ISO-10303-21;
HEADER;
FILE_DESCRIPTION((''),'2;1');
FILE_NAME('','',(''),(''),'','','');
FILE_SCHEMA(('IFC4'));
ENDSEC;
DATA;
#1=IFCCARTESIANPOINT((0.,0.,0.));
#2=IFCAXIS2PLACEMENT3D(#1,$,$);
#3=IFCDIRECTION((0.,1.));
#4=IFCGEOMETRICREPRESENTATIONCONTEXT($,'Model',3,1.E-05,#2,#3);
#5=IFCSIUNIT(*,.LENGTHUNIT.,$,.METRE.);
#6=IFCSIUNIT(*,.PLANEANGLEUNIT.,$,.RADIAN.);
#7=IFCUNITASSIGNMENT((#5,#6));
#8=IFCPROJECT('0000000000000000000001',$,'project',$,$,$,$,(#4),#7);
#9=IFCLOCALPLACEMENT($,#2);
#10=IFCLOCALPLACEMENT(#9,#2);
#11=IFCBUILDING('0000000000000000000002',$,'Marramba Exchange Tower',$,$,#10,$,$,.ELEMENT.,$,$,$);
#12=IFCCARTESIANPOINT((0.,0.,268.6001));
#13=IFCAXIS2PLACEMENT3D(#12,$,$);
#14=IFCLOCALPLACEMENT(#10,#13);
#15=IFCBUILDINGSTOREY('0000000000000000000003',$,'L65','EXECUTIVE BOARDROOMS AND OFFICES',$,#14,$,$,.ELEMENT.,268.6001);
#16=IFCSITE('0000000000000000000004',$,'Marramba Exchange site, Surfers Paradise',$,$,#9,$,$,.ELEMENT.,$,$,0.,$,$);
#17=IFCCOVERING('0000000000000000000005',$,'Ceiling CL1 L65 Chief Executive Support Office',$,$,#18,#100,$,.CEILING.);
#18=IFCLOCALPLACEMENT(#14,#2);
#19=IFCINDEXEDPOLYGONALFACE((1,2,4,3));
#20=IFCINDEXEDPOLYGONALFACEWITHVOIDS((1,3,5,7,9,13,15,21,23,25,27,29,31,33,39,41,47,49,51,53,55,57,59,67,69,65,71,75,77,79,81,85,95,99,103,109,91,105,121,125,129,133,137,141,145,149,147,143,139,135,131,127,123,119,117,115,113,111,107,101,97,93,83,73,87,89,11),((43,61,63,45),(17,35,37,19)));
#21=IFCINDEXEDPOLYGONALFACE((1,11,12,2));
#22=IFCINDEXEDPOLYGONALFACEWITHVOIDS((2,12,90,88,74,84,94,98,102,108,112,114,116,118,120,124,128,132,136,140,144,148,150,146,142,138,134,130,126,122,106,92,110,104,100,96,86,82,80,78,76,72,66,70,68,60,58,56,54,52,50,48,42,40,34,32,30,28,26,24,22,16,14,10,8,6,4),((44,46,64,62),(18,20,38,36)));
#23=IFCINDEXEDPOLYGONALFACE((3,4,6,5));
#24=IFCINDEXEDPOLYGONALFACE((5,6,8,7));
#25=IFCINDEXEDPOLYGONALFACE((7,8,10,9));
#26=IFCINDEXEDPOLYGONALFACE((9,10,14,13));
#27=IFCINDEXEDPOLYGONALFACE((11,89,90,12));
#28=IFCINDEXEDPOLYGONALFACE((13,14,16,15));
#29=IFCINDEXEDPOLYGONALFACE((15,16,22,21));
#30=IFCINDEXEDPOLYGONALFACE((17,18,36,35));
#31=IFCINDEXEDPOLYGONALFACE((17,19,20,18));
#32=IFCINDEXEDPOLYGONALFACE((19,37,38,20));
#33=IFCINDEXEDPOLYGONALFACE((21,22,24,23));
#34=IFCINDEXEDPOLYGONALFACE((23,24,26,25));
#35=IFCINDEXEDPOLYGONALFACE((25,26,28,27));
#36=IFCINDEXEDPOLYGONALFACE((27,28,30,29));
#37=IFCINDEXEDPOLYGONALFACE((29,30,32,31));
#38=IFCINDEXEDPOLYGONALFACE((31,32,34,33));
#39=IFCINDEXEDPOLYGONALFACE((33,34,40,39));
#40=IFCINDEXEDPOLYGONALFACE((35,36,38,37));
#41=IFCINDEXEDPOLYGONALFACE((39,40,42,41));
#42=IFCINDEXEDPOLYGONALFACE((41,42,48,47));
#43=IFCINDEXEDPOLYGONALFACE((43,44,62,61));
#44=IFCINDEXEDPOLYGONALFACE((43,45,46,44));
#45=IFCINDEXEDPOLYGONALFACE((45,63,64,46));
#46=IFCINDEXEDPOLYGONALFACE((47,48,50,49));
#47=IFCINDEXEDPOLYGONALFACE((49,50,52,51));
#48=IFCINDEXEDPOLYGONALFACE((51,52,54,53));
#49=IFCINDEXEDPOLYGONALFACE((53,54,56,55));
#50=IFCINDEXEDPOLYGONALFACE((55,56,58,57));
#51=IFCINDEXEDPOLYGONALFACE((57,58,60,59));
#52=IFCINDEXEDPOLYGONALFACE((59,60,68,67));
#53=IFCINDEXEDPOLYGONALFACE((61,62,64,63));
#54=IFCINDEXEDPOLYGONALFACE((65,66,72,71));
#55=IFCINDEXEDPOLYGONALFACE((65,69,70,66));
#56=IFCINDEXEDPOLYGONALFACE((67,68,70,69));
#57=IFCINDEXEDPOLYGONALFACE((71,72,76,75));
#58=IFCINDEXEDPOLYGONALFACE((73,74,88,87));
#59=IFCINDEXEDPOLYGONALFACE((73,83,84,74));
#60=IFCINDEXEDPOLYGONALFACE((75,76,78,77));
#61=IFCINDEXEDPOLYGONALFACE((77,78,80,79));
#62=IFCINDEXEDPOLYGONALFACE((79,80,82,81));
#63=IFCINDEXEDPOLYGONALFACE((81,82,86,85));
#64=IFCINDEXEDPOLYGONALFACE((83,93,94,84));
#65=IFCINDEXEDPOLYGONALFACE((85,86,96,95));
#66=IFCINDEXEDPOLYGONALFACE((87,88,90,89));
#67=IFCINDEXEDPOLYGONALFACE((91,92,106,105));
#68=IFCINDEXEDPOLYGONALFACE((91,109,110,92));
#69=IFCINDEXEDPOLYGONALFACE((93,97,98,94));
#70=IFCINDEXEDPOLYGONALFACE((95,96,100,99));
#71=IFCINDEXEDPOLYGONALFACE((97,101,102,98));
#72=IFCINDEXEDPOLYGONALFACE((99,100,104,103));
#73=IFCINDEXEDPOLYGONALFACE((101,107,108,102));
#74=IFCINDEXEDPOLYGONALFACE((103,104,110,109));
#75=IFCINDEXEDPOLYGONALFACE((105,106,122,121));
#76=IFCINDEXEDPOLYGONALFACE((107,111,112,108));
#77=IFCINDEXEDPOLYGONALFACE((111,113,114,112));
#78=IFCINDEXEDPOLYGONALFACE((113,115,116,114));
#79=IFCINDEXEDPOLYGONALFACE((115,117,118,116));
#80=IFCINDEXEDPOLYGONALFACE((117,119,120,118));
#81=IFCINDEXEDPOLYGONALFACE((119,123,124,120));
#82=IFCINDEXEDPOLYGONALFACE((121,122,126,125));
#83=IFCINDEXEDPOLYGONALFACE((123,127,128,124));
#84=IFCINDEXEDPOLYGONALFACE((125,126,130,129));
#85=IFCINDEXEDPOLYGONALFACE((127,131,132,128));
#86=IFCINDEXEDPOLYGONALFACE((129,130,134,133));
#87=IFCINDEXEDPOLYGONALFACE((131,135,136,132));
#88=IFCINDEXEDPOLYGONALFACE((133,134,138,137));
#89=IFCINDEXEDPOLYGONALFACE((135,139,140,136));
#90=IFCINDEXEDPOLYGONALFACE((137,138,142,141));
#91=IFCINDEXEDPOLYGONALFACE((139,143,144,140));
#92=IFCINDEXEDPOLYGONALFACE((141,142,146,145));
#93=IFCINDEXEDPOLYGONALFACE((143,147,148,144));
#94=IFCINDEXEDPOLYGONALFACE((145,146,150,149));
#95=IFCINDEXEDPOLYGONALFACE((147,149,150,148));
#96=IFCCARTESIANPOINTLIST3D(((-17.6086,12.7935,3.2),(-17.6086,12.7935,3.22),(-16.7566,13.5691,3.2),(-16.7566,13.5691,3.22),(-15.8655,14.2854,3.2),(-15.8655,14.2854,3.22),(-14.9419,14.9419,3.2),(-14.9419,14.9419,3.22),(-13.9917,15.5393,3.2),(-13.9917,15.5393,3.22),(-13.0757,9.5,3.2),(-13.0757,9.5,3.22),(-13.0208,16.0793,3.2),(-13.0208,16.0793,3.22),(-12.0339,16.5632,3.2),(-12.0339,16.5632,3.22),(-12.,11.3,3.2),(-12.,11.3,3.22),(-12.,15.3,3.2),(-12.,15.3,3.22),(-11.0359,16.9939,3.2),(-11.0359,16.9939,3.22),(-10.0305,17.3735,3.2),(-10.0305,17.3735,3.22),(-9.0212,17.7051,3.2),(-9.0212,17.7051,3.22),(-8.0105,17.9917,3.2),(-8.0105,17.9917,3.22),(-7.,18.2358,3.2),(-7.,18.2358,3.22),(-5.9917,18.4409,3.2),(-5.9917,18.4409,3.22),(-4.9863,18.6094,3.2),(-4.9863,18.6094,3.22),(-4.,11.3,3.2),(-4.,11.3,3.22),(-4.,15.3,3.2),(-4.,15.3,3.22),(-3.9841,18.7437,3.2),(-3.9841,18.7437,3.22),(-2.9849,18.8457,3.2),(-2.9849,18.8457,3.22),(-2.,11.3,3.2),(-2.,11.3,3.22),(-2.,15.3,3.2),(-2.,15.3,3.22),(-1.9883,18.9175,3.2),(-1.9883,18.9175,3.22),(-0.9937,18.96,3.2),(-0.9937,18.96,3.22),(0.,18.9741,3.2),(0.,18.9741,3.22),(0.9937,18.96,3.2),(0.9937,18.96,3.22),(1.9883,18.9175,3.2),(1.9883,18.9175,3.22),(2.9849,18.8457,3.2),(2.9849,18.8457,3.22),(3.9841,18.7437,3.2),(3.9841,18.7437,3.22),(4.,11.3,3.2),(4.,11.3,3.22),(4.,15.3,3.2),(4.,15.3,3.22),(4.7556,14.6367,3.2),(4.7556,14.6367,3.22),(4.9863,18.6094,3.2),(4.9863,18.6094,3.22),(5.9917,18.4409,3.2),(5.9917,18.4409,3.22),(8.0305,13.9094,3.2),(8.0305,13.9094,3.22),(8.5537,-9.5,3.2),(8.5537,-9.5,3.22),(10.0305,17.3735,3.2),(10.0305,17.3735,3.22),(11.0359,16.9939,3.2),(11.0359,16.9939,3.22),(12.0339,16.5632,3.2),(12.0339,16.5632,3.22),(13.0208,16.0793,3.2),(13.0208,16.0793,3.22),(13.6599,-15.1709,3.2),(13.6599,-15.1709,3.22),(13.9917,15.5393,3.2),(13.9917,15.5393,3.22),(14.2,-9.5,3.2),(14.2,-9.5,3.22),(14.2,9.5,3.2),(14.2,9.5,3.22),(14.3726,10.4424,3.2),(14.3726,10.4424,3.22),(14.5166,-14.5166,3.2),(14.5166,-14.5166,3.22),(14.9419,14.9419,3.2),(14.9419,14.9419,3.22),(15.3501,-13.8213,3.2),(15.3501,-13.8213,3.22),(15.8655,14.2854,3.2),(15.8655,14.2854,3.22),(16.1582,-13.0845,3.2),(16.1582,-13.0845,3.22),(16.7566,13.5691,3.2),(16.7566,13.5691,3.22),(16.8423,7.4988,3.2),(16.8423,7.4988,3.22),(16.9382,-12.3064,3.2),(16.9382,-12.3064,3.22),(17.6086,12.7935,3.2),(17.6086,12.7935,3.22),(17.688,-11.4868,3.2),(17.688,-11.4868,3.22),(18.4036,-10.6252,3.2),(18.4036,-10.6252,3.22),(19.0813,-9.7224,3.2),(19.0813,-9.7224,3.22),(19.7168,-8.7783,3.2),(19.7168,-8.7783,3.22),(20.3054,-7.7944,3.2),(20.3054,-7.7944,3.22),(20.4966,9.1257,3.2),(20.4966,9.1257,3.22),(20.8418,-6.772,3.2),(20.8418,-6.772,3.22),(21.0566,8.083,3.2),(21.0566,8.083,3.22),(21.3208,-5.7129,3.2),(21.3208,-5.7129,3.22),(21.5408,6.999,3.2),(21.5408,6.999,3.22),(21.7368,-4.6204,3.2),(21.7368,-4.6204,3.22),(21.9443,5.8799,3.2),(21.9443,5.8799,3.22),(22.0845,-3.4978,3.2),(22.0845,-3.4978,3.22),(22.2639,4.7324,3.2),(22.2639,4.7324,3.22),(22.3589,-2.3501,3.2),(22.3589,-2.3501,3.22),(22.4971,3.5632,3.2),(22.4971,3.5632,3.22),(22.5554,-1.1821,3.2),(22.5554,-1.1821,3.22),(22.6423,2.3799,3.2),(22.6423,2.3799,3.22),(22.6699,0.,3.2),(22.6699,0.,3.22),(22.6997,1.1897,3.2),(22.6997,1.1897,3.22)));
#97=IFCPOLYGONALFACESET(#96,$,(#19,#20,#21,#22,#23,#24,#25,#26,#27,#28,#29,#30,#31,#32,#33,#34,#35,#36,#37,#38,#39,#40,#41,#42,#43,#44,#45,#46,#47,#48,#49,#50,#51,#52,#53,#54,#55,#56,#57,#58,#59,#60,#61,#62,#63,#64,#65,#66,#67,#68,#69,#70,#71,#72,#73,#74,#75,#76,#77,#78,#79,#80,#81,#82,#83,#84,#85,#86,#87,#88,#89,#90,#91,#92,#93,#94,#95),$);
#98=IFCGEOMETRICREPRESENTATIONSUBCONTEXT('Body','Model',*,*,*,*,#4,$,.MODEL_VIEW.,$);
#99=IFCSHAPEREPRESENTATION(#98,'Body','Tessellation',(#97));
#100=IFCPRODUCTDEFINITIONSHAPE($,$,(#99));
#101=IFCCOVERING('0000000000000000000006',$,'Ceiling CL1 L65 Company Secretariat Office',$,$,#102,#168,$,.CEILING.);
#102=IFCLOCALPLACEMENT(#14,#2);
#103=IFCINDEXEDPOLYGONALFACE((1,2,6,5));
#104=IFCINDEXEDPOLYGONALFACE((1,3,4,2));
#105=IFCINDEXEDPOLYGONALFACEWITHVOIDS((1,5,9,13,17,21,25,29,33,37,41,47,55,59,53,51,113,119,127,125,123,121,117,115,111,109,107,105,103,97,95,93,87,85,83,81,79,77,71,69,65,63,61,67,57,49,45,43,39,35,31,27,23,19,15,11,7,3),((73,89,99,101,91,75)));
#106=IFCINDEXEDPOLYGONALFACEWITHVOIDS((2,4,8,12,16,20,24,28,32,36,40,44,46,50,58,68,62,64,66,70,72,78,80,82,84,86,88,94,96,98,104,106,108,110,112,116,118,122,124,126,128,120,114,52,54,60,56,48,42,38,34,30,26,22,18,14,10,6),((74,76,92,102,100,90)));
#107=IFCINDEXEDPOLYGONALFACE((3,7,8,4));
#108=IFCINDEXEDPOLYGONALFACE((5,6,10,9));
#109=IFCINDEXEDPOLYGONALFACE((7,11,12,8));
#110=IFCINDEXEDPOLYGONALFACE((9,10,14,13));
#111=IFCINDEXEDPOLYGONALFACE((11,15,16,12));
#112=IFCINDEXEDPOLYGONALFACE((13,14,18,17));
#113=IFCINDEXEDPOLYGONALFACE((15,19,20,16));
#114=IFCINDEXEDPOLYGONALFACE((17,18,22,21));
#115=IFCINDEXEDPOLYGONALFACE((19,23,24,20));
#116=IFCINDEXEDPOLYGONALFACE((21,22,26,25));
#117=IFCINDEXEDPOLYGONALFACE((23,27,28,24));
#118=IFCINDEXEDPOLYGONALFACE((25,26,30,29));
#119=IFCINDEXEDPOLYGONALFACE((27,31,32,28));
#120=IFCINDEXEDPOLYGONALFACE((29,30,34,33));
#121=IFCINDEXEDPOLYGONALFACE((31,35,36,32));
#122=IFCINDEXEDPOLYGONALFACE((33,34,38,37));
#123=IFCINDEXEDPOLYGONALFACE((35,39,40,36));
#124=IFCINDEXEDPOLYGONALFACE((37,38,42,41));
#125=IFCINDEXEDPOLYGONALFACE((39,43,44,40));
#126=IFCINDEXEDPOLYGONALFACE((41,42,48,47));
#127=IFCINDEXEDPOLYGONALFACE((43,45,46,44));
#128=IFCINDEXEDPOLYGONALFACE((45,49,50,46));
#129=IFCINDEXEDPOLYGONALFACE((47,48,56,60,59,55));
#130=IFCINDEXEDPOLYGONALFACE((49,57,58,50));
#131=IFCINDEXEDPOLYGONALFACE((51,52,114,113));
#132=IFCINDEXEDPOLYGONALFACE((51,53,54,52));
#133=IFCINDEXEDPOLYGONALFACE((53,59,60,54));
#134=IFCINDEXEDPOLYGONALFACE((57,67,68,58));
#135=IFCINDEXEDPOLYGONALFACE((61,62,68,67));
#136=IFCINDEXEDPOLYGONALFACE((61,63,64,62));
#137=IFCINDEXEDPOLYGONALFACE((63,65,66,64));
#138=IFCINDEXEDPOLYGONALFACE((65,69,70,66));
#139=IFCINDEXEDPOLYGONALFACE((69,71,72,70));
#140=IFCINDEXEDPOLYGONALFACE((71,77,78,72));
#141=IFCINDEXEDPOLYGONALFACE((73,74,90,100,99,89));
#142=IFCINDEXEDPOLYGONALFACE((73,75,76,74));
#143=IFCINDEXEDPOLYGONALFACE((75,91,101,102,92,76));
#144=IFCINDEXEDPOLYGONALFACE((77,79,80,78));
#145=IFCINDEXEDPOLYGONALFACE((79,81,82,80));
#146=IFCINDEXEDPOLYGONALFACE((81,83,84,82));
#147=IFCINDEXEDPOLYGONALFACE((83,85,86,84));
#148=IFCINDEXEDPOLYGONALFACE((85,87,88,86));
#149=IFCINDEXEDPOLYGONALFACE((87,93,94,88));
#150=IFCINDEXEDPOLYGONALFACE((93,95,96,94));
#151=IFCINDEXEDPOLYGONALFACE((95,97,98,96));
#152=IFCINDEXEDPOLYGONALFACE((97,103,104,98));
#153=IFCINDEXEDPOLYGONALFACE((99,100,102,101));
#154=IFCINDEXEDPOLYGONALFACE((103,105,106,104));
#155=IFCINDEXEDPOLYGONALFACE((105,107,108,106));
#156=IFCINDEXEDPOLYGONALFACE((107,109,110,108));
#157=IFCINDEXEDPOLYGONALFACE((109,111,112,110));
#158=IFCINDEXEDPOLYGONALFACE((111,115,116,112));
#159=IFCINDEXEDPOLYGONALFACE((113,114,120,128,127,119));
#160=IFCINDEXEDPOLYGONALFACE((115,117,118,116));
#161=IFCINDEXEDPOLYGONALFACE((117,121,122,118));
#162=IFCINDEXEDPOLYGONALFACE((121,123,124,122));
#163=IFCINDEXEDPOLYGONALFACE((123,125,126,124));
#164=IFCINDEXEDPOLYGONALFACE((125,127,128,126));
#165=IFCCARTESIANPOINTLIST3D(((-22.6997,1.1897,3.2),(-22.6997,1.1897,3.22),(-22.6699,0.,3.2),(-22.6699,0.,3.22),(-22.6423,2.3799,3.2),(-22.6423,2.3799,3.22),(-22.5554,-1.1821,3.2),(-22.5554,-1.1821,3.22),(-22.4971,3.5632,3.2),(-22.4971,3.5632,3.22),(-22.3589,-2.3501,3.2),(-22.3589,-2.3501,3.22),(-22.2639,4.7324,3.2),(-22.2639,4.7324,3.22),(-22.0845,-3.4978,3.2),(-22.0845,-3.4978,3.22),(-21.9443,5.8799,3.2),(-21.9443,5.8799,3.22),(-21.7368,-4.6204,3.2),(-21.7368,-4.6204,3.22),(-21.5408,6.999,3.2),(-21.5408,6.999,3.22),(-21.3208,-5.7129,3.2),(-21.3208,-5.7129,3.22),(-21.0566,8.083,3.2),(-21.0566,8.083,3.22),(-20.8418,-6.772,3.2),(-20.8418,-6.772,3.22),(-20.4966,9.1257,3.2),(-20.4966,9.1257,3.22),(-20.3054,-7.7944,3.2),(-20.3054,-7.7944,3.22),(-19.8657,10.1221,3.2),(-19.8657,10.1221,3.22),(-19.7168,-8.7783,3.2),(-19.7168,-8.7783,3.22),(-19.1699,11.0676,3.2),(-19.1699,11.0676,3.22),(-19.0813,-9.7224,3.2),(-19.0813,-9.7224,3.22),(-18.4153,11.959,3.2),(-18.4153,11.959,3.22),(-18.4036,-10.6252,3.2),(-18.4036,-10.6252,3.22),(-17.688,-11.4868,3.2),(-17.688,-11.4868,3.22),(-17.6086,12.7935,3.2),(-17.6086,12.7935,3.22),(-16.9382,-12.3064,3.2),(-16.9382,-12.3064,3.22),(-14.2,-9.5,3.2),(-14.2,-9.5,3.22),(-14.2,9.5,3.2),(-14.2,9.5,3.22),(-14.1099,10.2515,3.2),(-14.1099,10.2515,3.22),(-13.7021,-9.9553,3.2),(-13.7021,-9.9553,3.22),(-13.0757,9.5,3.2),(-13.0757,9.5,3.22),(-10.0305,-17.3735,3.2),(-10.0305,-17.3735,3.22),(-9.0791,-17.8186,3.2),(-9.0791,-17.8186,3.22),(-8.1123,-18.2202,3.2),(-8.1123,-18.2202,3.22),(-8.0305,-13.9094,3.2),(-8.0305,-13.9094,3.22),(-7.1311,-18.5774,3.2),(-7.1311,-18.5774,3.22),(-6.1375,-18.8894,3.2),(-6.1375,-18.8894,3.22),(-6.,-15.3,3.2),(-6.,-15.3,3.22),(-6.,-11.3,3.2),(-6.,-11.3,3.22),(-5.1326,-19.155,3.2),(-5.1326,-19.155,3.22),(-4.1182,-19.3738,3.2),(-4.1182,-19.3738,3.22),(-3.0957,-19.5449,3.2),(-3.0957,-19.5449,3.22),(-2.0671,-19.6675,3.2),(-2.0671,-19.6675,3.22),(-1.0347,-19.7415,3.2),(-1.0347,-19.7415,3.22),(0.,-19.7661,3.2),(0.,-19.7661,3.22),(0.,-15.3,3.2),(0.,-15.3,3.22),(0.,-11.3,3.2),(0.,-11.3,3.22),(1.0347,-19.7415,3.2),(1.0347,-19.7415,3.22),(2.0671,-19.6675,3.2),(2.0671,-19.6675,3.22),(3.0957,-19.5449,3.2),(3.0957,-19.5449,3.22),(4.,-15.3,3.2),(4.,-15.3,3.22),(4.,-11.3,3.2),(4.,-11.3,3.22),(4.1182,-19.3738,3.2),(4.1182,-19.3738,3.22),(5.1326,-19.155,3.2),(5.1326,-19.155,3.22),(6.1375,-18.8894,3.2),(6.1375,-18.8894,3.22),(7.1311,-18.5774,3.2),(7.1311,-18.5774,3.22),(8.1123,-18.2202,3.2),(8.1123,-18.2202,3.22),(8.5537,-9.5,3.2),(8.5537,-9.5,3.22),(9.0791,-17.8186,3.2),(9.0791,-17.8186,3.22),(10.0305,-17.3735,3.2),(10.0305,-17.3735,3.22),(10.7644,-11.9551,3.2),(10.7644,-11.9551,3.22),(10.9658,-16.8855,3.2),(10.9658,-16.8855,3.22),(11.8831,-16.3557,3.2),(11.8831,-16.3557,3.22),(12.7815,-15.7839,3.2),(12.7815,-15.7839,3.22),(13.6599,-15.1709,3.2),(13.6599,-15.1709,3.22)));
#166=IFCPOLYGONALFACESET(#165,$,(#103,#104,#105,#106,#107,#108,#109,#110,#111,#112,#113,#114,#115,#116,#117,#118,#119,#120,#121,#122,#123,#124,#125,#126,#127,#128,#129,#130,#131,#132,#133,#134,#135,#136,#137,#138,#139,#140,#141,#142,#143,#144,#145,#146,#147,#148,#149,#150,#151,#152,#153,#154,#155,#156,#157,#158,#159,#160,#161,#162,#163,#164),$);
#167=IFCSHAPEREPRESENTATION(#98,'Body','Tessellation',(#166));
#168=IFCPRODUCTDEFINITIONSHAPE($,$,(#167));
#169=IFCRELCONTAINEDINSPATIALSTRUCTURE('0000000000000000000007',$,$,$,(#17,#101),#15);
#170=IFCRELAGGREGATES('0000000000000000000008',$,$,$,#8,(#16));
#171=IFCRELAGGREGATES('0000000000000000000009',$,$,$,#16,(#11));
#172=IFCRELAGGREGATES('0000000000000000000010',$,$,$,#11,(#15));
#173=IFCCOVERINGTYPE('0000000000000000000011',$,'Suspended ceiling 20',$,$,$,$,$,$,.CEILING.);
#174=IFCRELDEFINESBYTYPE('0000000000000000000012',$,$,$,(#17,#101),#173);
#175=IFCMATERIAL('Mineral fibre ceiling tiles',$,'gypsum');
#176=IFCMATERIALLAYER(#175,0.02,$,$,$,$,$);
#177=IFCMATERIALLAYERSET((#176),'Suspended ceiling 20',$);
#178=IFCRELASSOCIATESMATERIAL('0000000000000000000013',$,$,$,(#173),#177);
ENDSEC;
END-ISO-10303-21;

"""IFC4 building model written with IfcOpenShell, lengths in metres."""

from ifc_helpers import new_model, si_unit, direction, frame, origin, place, context, subcontext, project, spatial, polyline, outline, extrude, material, layer, layer_set, type_object, element, save


model = new_model("IFC4")

# Units and contexts
model_context = context("Model", 3, precision=1e-05, world=origin(), true_north=direction((0.0, 1.0)))
body_context = subcontext(model_context, "Body", "Model", "MODEL_VIEW")
ifc_project = project(units=[si_unit("LENGTHUNIT", "METRE"), si_unit("PLANEANGLEUNIT", "RADIAN")], contexts=[model_context])

# Site, building, storey
site_placement = place(None, origin())
site = spatial("IfcSite", under=ifc_project, at=site_placement, Name="Marramba Exchange site, Surfers Paradise", CompositionType="ELEMENT", RefElevation=0.0)
building_placement = place(site_placement, origin())
building = spatial("IfcBuilding", under=site, at=building_placement, Name="Marramba Exchange Tower", CompositionType="ELEMENT")
storey_placement = place(building_placement, frame((0.0, 0.0, 268.6001)))
storey = spatial("IfcBuildingStorey", under=building, at=storey_placement, Name="L65", Description="EXECUTIVE BOARDROOMS AND OFFICES", CompositionType="ELEMENT", Elevation=268.6001)

# Coverings
ifc_material_1 = material(Name="Mineral fibre ceiling tiles", Category="gypsum")
ifc_layer_1 = layer(ifc_material_1, 0.02)
ifc_layer_set_1 = layer_set([ifc_layer_1], Name="Suspended ceiling 20")
covering_type = type_object("IfcCoveringType", Name="Suspended ceiling 20", PredefinedType="CEILING", material=ifc_layer_set_1)
covering_1_placement = place(storey_placement, frame((0.0, 0.0, 3.2)))
element("IfcCovering", 1, at=covering_1_placement, inside=storey, type_object=covering_type, Name="Ceiling CL1 L65 Chief Executive Support Office", PredefinedType="CEILING", context=body_context, shape_type="SweptSolid", body=[
    extrude(outline(polyline([(14.2, 9.5), (-13.0757, 9.5), (-17.6086, 12.7935), (-16.7566, 13.5691), (-15.8655, 14.2854), (-14.9419, 14.9419), (-13.9917, 15.5393), (-13.0208, 16.0793), (-12.0339, 16.5632), (-11.0359, 16.9939), (-10.0305, 17.3735), (-9.0212, 17.7051), (-8.0105, 17.9917), (-7.0, 18.2358), (-5.9917, 18.4409), (-4.9863, 18.6094), (-3.9841, 18.7437), (-2.9849, 18.8457), (-1.9883, 18.9175), (-0.9937, 18.96), (0.0, 18.9741), (0.9937, 18.96), (1.9883, 18.9175), (2.9849, 18.8457), (3.9841, 18.7437), (4.9863, 18.6094), (5.9917, 18.4409), (4.7556, 14.6367), (8.0305, 13.9094), (10.0305, 17.3735), (11.0359, 16.9939), (12.0339, 16.5632), (13.0208, 16.0793), (13.9917, 15.5393), (14.9419, 14.9419), (15.8655, 14.2854), (16.7566, 13.5691), (17.6086, 12.7935), (14.3726, 10.4424), (16.8423, 7.4988), (20.4966, 9.1257), (21.0566, 8.083), (21.5408, 6.999), (21.9443, 5.8799), (22.2639, 4.7324), (22.4971, 3.5632), (22.6423, 2.3799), (22.6997, 1.1897), (22.6699, 0.0), (22.5554, -1.1821), (22.3589, -2.3501), (22.0845, -3.4978), (21.7368, -4.6204), (21.3208, -5.7129), (20.8418, -6.772), (20.3054, -7.7944), (19.7168, -8.7783), (19.0813, -9.7224), (18.4036, -10.6252), (17.688, -11.4868), (16.9382, -12.3064), (16.1582, -13.0845), (15.3501, -13.8213), (14.5166, -14.5166), (13.6599, -15.1709), (8.5537, -9.5), (14.2, -9.5), (14.2, 9.5)]), holes=[polyline([(-2.0, 11.3), (4.0, 11.3), (4.0, 15.3), (-2.0, 15.3), (-2.0, 11.3)]), polyline([(-12.0, 11.3), (-4.0, 11.3), (-4.0, 15.3), (-12.0, 15.3), (-12.0, 11.3)])]), origin(), (0.0, 0.0, 1.0), 0.02),
])
covering_2_placement = place(storey_placement, frame((0.0, 0.0, 3.2)))
element("IfcCovering", 2, at=covering_2_placement, inside=storey, type_object=covering_type, Name="Ceiling CL1 L65 Company Secretariat Office", PredefinedType="CEILING", context=body_context, shape_type="SweptSolid", body=[
    extrude(outline(polyline([(-14.2, -9.5), (8.5537, -9.5), (10.7644, -11.9551), (13.6599, -15.1709), (12.7815, -15.7839), (11.8831, -16.3557), (10.9658, -16.8855), (10.0305, -17.3735), (9.0791, -17.8186), (8.1123, -18.2202), (7.1311, -18.5774), (6.1375, -18.8894), (5.1326, -19.155), (4.1182, -19.3738), (3.0957, -19.5449), (2.0671, -19.6675), (1.0347, -19.7415), (0.0, -19.7661), (-1.0347, -19.7415), (-2.0671, -19.6675), (-3.0957, -19.5449), (-4.1182, -19.3738), (-5.1326, -19.155), (-6.1375, -18.8894), (-7.1311, -18.5774), (-8.1123, -18.2202), (-9.0791, -17.8186), (-10.0305, -17.3735), (-8.0305, -13.9094), (-13.7021, -9.9553), (-16.9382, -12.3064), (-17.688, -11.4868), (-18.4036, -10.6252), (-19.0813, -9.7224), (-19.7168, -8.7783), (-20.3054, -7.7944), (-20.8418, -6.772), (-21.3208, -5.7129), (-21.7368, -4.6204), (-22.0845, -3.4978), (-22.3589, -2.3501), (-22.5554, -1.1821), (-22.6699, 0.0), (-22.6997, 1.1897), (-22.6423, 2.3799), (-22.4971, 3.5632), (-22.2639, 4.7324), (-21.9443, 5.8799), (-21.5408, 6.999), (-21.0566, 8.083), (-20.4966, 9.1257), (-19.8657, 10.1221), (-19.1699, 11.0676), (-18.4153, 11.959), (-17.6086, 12.7935), (-14.1099, 10.2515), (-13.0757, 9.5), (-14.2, 9.5), (-14.2, -9.5)]), holes=[polyline([(-6.0, -15.3), (0.0, -15.3), (4.0, -15.3), (4.0, -11.3), (0.0, -11.3), (-6.0, -11.3), (-6.0, -15.3)])]), origin(), (0.0, 0.0, 1.0), 0.02),
])

save(model, "model.ifc")
